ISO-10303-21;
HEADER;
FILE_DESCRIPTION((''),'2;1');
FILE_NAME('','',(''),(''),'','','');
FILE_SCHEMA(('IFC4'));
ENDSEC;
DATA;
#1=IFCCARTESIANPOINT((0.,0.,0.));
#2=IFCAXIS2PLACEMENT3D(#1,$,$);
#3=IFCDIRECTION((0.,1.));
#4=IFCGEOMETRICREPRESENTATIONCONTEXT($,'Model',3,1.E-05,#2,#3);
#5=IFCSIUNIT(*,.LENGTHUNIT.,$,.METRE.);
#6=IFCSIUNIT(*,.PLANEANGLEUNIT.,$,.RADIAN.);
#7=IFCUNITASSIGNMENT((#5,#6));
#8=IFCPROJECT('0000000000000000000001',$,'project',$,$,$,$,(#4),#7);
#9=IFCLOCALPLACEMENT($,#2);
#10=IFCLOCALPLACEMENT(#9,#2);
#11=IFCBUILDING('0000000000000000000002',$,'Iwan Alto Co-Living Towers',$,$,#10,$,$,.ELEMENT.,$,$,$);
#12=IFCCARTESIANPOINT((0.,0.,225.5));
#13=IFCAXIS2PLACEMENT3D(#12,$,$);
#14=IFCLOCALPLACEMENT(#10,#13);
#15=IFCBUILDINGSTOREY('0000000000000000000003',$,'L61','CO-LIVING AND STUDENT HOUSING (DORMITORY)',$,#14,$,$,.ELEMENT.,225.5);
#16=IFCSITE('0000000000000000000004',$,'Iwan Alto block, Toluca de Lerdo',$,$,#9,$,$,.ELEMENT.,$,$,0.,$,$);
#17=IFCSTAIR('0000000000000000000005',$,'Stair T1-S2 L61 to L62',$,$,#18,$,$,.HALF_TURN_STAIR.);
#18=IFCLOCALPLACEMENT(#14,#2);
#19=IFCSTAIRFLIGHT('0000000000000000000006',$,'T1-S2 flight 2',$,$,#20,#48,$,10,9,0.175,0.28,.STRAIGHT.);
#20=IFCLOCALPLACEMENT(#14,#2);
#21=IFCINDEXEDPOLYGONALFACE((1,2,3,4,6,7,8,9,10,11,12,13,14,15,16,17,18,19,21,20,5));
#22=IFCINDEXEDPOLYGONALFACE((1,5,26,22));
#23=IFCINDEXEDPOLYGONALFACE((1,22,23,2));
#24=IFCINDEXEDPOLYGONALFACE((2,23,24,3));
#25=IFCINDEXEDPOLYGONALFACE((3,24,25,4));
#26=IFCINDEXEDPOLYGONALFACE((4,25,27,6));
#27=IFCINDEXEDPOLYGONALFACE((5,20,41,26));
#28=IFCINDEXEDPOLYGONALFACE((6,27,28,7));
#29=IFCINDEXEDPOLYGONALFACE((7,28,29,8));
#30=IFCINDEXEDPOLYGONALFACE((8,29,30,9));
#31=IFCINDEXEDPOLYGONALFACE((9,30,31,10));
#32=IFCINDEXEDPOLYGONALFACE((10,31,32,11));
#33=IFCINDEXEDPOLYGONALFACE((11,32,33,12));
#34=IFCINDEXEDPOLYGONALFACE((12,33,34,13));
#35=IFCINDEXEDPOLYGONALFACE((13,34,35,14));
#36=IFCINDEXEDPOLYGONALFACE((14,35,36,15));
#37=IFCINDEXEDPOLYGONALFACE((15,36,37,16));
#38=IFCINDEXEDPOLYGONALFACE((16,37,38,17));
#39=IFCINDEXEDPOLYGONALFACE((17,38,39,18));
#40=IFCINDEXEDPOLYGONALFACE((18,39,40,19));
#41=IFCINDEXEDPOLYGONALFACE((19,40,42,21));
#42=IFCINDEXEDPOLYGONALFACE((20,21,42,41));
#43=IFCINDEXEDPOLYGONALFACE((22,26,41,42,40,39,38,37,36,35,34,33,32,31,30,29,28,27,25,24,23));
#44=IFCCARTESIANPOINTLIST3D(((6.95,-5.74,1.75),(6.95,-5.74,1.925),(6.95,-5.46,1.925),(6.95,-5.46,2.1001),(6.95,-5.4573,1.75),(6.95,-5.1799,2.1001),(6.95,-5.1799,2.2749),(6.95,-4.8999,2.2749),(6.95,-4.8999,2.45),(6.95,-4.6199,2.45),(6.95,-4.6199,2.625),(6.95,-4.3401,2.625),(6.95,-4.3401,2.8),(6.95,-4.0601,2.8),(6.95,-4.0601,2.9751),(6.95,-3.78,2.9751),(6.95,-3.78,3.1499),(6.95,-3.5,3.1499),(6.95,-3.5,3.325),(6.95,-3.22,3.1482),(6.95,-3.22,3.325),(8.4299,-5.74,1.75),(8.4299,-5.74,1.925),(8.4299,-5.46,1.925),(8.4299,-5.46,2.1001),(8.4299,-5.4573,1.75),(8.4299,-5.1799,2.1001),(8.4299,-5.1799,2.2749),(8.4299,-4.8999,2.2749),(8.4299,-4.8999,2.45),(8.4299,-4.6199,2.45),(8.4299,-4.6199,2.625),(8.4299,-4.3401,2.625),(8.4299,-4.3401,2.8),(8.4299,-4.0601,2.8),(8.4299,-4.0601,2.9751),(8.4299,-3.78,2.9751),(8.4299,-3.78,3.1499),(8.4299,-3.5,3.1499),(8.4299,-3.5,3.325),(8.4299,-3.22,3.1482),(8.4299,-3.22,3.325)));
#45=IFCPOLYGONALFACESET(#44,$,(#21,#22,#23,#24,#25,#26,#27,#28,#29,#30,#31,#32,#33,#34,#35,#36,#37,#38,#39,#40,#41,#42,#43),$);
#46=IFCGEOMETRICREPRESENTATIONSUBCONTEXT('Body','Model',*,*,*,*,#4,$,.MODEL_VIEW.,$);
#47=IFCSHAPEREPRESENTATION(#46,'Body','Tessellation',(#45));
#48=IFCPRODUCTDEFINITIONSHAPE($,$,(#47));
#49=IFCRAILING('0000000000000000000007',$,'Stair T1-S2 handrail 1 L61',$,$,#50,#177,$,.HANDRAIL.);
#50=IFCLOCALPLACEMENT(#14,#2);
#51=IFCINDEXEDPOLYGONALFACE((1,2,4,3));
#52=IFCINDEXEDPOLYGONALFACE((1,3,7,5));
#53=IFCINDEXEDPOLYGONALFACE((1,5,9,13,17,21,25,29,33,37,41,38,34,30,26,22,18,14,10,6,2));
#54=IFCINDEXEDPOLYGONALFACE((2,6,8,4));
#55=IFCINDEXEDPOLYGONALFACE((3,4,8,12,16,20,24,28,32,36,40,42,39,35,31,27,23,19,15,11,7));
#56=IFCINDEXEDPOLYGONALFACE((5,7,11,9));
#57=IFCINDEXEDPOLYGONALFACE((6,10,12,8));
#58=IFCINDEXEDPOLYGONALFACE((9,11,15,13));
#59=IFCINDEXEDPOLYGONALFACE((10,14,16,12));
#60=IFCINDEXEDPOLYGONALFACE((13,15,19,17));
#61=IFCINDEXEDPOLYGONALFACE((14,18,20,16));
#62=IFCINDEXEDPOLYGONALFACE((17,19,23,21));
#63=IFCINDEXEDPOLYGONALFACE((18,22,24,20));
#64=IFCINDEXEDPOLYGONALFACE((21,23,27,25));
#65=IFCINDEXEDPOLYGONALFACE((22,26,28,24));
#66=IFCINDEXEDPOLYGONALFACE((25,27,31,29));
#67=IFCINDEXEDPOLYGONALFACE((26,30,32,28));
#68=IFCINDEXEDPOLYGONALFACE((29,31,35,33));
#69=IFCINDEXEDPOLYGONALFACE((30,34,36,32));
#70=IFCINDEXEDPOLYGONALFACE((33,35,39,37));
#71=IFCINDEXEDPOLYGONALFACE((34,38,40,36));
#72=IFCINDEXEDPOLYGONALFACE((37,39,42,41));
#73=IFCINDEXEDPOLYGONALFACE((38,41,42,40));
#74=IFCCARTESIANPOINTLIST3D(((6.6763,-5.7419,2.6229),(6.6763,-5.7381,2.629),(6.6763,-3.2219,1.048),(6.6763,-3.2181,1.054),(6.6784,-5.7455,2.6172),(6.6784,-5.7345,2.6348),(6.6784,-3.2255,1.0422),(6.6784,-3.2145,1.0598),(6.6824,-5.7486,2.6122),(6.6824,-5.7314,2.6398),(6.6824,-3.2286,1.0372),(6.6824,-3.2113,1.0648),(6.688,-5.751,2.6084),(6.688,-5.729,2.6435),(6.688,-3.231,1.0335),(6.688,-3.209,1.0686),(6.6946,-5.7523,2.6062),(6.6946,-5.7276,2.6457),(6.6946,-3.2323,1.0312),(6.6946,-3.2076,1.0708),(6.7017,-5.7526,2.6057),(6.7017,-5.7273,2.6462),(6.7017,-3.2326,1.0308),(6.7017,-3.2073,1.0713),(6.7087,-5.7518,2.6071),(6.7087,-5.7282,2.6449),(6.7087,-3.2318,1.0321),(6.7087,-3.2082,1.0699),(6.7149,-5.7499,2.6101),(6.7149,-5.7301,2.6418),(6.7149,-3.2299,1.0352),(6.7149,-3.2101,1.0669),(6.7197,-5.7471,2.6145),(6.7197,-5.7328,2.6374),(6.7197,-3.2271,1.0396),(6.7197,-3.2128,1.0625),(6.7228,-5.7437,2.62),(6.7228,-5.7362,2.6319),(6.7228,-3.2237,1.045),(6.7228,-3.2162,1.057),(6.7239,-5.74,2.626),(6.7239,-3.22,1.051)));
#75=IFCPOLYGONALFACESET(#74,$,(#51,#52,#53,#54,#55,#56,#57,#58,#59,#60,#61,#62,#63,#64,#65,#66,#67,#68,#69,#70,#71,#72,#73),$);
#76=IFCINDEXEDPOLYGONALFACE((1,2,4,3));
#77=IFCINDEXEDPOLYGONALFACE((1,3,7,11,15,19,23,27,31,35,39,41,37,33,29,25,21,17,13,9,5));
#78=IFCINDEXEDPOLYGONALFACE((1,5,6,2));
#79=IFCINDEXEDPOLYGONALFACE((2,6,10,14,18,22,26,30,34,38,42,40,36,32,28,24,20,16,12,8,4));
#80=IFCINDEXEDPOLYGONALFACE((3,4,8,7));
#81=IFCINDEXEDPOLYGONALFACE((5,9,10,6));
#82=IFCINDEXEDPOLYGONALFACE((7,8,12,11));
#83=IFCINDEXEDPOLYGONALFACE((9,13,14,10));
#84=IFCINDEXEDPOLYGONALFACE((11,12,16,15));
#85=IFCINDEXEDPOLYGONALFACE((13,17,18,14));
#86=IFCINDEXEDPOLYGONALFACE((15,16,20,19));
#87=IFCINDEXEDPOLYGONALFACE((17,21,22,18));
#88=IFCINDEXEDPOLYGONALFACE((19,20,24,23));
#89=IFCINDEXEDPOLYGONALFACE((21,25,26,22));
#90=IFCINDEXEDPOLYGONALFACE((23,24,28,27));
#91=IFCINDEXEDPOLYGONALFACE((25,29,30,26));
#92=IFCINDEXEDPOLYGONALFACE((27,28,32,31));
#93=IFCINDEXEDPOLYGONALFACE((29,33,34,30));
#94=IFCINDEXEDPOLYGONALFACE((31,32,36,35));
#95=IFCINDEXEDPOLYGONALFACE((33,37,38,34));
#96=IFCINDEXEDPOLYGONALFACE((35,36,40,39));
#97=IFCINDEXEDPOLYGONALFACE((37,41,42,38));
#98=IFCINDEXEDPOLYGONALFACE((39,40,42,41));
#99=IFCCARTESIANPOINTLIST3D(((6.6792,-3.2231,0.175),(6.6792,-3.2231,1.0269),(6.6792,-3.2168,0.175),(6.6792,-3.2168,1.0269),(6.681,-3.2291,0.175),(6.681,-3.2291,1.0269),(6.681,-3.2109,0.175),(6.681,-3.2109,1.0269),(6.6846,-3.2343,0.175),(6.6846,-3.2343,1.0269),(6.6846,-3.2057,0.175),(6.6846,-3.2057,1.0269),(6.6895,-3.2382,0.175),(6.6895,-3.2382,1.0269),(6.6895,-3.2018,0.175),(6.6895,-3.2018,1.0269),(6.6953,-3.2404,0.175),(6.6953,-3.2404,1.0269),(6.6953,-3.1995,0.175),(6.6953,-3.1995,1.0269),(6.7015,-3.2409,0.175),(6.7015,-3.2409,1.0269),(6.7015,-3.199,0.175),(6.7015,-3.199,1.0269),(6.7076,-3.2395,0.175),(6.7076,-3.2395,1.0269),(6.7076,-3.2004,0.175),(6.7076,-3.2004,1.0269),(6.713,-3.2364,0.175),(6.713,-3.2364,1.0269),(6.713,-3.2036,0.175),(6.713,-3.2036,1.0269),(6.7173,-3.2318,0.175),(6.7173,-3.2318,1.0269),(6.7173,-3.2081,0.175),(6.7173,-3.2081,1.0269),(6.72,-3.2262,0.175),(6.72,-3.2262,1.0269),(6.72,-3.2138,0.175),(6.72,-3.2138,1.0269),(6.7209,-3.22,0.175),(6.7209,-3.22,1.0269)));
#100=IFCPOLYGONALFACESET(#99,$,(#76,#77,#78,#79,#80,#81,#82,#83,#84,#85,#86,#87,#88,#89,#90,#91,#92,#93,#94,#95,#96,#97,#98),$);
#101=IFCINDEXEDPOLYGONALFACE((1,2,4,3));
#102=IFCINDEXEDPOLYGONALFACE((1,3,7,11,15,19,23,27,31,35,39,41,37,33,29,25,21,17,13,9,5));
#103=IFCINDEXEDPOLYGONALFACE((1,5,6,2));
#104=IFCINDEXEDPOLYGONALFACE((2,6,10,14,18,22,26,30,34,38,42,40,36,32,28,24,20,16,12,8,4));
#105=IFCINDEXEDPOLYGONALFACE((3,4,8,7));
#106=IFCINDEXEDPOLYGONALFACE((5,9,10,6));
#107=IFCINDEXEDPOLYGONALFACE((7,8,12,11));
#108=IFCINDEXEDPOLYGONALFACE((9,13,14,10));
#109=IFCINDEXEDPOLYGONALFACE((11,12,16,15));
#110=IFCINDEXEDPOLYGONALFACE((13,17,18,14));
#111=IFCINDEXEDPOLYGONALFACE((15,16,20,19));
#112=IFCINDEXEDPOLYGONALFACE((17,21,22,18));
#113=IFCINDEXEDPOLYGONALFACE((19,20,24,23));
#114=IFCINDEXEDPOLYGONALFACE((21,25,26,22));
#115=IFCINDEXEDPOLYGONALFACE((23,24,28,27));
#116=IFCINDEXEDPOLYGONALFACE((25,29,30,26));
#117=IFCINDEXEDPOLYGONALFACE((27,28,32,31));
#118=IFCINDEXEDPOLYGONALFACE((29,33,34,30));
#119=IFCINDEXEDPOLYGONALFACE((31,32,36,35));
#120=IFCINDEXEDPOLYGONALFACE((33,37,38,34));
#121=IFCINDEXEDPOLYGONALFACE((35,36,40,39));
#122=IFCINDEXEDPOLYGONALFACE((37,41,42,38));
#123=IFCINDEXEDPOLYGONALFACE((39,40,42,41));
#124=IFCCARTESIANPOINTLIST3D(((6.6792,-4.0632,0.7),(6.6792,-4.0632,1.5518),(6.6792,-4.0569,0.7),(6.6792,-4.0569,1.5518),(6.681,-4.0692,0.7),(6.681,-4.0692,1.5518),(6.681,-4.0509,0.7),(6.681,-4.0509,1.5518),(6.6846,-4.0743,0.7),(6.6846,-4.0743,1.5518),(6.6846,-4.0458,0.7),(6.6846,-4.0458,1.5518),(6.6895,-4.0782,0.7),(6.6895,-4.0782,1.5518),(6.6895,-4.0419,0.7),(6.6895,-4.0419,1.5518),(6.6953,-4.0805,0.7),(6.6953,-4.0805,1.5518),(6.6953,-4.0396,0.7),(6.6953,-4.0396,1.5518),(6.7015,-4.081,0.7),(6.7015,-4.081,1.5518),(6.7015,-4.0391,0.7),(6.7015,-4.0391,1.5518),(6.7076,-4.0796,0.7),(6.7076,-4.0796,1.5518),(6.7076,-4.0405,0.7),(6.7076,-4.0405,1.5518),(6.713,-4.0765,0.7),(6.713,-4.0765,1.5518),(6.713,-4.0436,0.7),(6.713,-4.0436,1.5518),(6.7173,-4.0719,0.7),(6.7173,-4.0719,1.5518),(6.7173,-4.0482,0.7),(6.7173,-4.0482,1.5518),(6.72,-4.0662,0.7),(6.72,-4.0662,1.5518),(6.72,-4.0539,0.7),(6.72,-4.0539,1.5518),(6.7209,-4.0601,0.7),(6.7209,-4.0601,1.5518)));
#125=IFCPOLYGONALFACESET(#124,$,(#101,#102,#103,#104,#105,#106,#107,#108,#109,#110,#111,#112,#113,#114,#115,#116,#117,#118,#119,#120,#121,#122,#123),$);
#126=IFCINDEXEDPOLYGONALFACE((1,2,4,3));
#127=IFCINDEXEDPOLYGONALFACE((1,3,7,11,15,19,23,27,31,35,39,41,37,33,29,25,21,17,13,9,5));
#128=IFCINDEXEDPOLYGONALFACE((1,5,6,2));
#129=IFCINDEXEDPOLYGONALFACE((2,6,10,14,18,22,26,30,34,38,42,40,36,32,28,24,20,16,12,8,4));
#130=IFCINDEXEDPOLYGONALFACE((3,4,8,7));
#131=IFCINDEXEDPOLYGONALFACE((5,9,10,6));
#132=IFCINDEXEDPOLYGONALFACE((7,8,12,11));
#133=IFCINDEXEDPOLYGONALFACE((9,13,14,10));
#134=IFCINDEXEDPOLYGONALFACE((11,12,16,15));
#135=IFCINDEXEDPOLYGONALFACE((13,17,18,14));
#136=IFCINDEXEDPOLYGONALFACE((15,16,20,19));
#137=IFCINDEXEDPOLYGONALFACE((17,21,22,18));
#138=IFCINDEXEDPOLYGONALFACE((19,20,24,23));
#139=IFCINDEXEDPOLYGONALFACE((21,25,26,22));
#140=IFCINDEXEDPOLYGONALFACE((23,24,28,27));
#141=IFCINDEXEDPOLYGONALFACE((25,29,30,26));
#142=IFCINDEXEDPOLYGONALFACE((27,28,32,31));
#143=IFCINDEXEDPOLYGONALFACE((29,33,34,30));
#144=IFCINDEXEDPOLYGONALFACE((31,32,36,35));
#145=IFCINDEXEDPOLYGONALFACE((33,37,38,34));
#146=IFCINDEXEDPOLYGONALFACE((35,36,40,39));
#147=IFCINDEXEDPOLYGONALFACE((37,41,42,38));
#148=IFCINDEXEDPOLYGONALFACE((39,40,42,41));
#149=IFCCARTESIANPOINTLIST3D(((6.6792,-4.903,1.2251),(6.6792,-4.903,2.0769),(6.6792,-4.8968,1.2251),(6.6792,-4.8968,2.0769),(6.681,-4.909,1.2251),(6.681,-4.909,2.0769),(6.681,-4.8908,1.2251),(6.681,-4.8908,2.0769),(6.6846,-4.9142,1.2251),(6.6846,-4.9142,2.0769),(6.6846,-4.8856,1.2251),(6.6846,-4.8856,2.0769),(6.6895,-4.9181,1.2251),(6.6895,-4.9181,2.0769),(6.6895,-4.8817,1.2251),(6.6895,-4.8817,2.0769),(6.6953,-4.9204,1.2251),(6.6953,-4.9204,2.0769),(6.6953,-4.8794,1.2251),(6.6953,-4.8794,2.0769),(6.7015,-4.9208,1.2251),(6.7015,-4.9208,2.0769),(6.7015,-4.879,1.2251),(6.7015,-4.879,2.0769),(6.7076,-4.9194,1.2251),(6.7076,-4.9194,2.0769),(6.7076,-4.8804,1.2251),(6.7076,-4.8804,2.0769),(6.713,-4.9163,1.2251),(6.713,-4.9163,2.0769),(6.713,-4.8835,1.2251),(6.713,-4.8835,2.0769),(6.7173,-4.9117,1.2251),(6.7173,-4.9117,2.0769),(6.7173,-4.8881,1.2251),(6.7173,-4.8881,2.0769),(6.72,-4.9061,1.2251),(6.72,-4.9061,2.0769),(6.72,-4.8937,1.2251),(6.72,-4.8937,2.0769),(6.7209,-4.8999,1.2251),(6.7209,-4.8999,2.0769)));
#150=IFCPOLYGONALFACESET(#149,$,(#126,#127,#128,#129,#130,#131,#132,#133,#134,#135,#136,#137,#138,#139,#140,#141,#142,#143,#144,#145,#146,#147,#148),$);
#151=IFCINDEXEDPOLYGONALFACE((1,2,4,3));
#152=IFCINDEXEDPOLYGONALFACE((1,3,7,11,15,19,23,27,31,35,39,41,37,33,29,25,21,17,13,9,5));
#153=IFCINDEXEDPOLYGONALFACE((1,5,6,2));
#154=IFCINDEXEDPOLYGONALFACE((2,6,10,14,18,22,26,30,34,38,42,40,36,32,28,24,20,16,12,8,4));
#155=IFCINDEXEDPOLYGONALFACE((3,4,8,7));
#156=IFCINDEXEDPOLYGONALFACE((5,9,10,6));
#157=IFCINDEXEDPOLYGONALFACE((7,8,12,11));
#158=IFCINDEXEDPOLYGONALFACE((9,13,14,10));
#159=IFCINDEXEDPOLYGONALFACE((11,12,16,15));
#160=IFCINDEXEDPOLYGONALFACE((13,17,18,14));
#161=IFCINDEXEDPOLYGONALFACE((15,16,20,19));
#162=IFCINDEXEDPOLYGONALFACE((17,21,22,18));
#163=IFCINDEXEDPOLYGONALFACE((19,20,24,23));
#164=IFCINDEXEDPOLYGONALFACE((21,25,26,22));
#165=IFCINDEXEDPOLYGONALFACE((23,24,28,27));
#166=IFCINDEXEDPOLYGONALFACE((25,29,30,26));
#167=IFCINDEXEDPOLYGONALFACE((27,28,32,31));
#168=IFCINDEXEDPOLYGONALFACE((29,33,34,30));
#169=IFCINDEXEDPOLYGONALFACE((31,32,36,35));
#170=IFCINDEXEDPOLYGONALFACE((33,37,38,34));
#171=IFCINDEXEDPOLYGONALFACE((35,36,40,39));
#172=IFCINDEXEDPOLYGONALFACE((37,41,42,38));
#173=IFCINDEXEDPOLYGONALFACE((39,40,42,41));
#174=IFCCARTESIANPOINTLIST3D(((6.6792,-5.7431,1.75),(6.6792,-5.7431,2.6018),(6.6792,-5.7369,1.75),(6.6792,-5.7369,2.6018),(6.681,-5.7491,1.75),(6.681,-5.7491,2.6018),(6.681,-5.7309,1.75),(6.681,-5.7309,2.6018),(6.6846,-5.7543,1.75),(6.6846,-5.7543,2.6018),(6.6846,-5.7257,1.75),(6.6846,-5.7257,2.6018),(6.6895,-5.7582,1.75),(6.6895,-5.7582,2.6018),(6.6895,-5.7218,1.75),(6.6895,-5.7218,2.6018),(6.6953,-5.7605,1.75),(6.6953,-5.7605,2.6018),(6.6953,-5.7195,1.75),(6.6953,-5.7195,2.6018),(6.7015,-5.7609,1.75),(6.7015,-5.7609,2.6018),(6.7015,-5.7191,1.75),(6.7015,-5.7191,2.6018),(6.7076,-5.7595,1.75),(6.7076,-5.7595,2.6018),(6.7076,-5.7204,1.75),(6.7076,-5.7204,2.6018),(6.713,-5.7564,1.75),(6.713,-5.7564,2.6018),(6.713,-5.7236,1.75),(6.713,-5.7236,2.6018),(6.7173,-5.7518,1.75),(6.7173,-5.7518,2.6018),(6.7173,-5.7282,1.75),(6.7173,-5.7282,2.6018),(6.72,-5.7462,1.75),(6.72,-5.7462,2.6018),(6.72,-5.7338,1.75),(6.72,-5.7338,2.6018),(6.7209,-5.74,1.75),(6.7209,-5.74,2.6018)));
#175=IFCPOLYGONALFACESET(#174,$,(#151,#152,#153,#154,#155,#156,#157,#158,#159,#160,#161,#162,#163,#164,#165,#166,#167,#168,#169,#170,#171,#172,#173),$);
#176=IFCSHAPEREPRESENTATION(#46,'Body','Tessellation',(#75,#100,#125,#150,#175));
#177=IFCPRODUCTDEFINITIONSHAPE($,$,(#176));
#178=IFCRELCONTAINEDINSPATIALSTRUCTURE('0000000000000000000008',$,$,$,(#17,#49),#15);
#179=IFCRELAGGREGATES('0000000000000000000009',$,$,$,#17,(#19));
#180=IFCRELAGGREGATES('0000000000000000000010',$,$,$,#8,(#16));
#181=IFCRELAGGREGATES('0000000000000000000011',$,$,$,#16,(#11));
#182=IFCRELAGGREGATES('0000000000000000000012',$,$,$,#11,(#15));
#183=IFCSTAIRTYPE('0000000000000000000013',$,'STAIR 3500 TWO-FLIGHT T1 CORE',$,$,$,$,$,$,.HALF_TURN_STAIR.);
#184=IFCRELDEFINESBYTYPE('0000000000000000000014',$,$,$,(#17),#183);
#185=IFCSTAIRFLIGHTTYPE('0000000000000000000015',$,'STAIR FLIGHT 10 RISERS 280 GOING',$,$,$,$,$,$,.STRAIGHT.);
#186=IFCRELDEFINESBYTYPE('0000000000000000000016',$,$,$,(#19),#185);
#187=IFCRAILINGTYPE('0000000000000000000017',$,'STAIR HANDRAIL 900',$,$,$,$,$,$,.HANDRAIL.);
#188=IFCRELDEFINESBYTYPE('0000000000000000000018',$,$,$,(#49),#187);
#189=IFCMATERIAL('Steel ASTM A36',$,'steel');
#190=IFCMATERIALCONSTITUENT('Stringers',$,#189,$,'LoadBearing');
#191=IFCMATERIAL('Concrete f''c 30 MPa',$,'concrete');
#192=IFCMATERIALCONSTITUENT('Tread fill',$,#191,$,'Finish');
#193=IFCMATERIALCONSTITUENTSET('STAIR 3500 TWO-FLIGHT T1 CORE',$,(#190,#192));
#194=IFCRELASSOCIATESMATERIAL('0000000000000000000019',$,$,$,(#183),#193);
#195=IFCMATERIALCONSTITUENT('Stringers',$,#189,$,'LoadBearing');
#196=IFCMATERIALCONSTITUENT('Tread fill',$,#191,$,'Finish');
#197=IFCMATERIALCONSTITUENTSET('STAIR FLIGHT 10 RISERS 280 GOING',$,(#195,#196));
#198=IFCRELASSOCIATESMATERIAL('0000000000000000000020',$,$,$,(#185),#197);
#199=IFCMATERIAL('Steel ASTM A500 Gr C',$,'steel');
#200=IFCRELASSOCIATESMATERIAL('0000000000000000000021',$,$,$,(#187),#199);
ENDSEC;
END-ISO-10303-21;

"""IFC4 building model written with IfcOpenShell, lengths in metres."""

from ifc_helpers import new_model, si_unit, direction, frame, origin, origin_2d, place, context, subcontext, project, spatial, polyline, circle, outline, extrude, material, constituent, constituent_set, type_object, element, aggregate, save


model = new_model("IFC4")

# Units and contexts
model_context = context("Model", 3, precision=1e-05, world=origin(), true_north=direction((0.0, 1.0)))
body_context = subcontext(model_context, "Body", "Model", "MODEL_VIEW")
ifc_project = project(units=[si_unit("LENGTHUNIT", "METRE"), si_unit("PLANEANGLEUNIT", "RADIAN")], contexts=[model_context])

# Site, building, storey
site_placement = place(None, origin())
site = spatial("IfcSite", under=ifc_project, at=site_placement, Name="Iwan Alto block, Toluca de Lerdo", CompositionType="ELEMENT", RefElevation=0.0)
building_placement = place(site_placement, origin())
building = spatial("IfcBuilding", under=site, at=building_placement, Name="Iwan Alto Co-Living Towers", CompositionType="ELEMENT")
storey_placement = place(building_placement, frame((0.0, 0.0, 225.5)))
storey = spatial("IfcBuildingStorey", under=building, at=storey_placement, Name="L61", Description="CO-LIVING AND STUDENT HOUSING (DORMITORY)", CompositionType="ELEMENT", Elevation=225.5)

# Shared definitions
ifc_material_1 = material(Name="Steel ASTM A36", Category="steel")
ifc_constituent_1 = constituent(ifc_material_1, Name="Stringers", Category="LoadBearing")
ifc_material_2 = material(Name="Concrete f'c 30 MPa", Category="concrete")
ifc_constituent_2 = constituent(ifc_material_2, Name="Tread fill", Category="Finish")
ifc_constituent_set_1 = constituent_set(constituents=[ifc_constituent_1, ifc_constituent_2], Name="STAIR 3500 TWO-FLIGHT T1 CORE")
stair_type = type_object("IfcStairType", Name="STAIR 3500 TWO-FLIGHT T1 CORE", PredefinedType="HALF_TURN_STAIR", material=ifc_constituent_set_1)

# Stair, stair flight
stair_1_placement = place(storey_placement, origin())
stair_1 = element("IfcStair", 1, at=stair_1_placement, inside=storey, type_object=stair_type, Name="Stair T1-S2 L61 to L62", PredefinedType="HALF_TURN_STAIR")
ifc_constituent_3 = constituent(ifc_material_1, Name="Stringers", Category="LoadBearing")
ifc_constituent_4 = constituent(ifc_material_2, Name="Tread fill", Category="Finish")
ifc_constituent_set_2 = constituent_set(constituents=[ifc_constituent_3, ifc_constituent_4], Name="STAIR FLIGHT 10 RISERS 280 GOING")
stair_flight_type = type_object("IfcStairFlightType", Name="STAIR FLIGHT 10 RISERS 280 GOING", PredefinedType="STRAIGHT", material=ifc_constituent_set_2)
stair_flight_1_placement = place(storey_placement, frame((7.6899, -5.74, 1.75), z_axis=(0.0, 0.0, 1.0), x_axis=(0.0, 1.0, 0.0)))
stair_flight_1 = element("IfcStairFlight", 2, at=stair_flight_1_placement, type_object=stair_flight_type, Name="T1-S2 flight 2", NumberOfRisers=10, NumberOfTreads=9, PredefinedType="STRAIGHT", RiserHeight=0.175, TreadLength=0.28, context=body_context, shape_type="SweptSolid", body=[
    extrude(outline(polyline([(0.0, 0.0), (0.0, 0.175), (0.28, 0.175), (0.28, 0.3501), (0.5601, 0.3501), (0.5601, 0.5249), (0.8401, 0.5249), (0.8401, 0.7), (1.1201, 0.7), (1.1201, 0.875), (1.3999, 0.875), (1.3999, 1.05), (1.6799, 1.05), (1.6799, 1.2251), (1.96, 1.2251), (1.96, 1.3999), (2.24, 1.3999), (2.24, 1.575), (2.52, 1.575), (2.52, 1.75), (2.52, 1.3982), (0.2827, 0.0), (0.0, 0.0)])), frame((0.0, 0.74, 0.0), z_axis=(0.0, -1.0, 0.0), x_axis=(1.0, 0.0, 0.0)), (0.0, 0.0, 1.0), 1.48),
])
aggregate(stair_1, [stair_flight_1])

# Railing
ifc_material_3 = material(Name="Steel ASTM A500 Gr C", Category="steel")
railing_type_1 = type_object("IfcRailingType", Name="STAIR HANDRAIL 900", PredefinedType="HANDRAIL", material=ifc_material_3)
railing_1_placement = place(storey_placement, frame((6.7, -3.22, 0.175)))
element("IfcRailing", 3, at=railing_1_placement, inside=storey, type_object=railing_type_1, Name="Stair T1-S2 handrail 1 L61", PredefinedType="HANDRAIL", context=body_context, shape_type="SweptSolid", body=[
    extrude(circle(Radius=0.0239, at=origin_2d()), frame((0.0, 0.0, 0.876), z_axis=(0.0, -0.848008, 0.529984), x_axis=(1.0, 0.0, 0.0)), (0.0, 0.0, 1.0), 2.9717),
    extrude(circle(Radius=0.021, at=origin_2d()), origin(), (0.0, 0.0, 1.0), 0.8518),
    extrude(circle(Radius=0.021, at=origin_2d()), frame((0.0, -0.8401, 0.5249)), (0.0, 0.0, 1.0), 0.8518),
    extrude(circle(Radius=0.021, at=origin_2d()), frame((0.0, -1.6799, 1.05)), (0.0, 0.0, 1.0), 0.8518),
    extrude(circle(Radius=0.021, at=origin_2d()), frame((0.0, -2.52, 1.575)), (0.0, 0.0, 1.0), 0.8518),
])

save(model, "model.ifc")
